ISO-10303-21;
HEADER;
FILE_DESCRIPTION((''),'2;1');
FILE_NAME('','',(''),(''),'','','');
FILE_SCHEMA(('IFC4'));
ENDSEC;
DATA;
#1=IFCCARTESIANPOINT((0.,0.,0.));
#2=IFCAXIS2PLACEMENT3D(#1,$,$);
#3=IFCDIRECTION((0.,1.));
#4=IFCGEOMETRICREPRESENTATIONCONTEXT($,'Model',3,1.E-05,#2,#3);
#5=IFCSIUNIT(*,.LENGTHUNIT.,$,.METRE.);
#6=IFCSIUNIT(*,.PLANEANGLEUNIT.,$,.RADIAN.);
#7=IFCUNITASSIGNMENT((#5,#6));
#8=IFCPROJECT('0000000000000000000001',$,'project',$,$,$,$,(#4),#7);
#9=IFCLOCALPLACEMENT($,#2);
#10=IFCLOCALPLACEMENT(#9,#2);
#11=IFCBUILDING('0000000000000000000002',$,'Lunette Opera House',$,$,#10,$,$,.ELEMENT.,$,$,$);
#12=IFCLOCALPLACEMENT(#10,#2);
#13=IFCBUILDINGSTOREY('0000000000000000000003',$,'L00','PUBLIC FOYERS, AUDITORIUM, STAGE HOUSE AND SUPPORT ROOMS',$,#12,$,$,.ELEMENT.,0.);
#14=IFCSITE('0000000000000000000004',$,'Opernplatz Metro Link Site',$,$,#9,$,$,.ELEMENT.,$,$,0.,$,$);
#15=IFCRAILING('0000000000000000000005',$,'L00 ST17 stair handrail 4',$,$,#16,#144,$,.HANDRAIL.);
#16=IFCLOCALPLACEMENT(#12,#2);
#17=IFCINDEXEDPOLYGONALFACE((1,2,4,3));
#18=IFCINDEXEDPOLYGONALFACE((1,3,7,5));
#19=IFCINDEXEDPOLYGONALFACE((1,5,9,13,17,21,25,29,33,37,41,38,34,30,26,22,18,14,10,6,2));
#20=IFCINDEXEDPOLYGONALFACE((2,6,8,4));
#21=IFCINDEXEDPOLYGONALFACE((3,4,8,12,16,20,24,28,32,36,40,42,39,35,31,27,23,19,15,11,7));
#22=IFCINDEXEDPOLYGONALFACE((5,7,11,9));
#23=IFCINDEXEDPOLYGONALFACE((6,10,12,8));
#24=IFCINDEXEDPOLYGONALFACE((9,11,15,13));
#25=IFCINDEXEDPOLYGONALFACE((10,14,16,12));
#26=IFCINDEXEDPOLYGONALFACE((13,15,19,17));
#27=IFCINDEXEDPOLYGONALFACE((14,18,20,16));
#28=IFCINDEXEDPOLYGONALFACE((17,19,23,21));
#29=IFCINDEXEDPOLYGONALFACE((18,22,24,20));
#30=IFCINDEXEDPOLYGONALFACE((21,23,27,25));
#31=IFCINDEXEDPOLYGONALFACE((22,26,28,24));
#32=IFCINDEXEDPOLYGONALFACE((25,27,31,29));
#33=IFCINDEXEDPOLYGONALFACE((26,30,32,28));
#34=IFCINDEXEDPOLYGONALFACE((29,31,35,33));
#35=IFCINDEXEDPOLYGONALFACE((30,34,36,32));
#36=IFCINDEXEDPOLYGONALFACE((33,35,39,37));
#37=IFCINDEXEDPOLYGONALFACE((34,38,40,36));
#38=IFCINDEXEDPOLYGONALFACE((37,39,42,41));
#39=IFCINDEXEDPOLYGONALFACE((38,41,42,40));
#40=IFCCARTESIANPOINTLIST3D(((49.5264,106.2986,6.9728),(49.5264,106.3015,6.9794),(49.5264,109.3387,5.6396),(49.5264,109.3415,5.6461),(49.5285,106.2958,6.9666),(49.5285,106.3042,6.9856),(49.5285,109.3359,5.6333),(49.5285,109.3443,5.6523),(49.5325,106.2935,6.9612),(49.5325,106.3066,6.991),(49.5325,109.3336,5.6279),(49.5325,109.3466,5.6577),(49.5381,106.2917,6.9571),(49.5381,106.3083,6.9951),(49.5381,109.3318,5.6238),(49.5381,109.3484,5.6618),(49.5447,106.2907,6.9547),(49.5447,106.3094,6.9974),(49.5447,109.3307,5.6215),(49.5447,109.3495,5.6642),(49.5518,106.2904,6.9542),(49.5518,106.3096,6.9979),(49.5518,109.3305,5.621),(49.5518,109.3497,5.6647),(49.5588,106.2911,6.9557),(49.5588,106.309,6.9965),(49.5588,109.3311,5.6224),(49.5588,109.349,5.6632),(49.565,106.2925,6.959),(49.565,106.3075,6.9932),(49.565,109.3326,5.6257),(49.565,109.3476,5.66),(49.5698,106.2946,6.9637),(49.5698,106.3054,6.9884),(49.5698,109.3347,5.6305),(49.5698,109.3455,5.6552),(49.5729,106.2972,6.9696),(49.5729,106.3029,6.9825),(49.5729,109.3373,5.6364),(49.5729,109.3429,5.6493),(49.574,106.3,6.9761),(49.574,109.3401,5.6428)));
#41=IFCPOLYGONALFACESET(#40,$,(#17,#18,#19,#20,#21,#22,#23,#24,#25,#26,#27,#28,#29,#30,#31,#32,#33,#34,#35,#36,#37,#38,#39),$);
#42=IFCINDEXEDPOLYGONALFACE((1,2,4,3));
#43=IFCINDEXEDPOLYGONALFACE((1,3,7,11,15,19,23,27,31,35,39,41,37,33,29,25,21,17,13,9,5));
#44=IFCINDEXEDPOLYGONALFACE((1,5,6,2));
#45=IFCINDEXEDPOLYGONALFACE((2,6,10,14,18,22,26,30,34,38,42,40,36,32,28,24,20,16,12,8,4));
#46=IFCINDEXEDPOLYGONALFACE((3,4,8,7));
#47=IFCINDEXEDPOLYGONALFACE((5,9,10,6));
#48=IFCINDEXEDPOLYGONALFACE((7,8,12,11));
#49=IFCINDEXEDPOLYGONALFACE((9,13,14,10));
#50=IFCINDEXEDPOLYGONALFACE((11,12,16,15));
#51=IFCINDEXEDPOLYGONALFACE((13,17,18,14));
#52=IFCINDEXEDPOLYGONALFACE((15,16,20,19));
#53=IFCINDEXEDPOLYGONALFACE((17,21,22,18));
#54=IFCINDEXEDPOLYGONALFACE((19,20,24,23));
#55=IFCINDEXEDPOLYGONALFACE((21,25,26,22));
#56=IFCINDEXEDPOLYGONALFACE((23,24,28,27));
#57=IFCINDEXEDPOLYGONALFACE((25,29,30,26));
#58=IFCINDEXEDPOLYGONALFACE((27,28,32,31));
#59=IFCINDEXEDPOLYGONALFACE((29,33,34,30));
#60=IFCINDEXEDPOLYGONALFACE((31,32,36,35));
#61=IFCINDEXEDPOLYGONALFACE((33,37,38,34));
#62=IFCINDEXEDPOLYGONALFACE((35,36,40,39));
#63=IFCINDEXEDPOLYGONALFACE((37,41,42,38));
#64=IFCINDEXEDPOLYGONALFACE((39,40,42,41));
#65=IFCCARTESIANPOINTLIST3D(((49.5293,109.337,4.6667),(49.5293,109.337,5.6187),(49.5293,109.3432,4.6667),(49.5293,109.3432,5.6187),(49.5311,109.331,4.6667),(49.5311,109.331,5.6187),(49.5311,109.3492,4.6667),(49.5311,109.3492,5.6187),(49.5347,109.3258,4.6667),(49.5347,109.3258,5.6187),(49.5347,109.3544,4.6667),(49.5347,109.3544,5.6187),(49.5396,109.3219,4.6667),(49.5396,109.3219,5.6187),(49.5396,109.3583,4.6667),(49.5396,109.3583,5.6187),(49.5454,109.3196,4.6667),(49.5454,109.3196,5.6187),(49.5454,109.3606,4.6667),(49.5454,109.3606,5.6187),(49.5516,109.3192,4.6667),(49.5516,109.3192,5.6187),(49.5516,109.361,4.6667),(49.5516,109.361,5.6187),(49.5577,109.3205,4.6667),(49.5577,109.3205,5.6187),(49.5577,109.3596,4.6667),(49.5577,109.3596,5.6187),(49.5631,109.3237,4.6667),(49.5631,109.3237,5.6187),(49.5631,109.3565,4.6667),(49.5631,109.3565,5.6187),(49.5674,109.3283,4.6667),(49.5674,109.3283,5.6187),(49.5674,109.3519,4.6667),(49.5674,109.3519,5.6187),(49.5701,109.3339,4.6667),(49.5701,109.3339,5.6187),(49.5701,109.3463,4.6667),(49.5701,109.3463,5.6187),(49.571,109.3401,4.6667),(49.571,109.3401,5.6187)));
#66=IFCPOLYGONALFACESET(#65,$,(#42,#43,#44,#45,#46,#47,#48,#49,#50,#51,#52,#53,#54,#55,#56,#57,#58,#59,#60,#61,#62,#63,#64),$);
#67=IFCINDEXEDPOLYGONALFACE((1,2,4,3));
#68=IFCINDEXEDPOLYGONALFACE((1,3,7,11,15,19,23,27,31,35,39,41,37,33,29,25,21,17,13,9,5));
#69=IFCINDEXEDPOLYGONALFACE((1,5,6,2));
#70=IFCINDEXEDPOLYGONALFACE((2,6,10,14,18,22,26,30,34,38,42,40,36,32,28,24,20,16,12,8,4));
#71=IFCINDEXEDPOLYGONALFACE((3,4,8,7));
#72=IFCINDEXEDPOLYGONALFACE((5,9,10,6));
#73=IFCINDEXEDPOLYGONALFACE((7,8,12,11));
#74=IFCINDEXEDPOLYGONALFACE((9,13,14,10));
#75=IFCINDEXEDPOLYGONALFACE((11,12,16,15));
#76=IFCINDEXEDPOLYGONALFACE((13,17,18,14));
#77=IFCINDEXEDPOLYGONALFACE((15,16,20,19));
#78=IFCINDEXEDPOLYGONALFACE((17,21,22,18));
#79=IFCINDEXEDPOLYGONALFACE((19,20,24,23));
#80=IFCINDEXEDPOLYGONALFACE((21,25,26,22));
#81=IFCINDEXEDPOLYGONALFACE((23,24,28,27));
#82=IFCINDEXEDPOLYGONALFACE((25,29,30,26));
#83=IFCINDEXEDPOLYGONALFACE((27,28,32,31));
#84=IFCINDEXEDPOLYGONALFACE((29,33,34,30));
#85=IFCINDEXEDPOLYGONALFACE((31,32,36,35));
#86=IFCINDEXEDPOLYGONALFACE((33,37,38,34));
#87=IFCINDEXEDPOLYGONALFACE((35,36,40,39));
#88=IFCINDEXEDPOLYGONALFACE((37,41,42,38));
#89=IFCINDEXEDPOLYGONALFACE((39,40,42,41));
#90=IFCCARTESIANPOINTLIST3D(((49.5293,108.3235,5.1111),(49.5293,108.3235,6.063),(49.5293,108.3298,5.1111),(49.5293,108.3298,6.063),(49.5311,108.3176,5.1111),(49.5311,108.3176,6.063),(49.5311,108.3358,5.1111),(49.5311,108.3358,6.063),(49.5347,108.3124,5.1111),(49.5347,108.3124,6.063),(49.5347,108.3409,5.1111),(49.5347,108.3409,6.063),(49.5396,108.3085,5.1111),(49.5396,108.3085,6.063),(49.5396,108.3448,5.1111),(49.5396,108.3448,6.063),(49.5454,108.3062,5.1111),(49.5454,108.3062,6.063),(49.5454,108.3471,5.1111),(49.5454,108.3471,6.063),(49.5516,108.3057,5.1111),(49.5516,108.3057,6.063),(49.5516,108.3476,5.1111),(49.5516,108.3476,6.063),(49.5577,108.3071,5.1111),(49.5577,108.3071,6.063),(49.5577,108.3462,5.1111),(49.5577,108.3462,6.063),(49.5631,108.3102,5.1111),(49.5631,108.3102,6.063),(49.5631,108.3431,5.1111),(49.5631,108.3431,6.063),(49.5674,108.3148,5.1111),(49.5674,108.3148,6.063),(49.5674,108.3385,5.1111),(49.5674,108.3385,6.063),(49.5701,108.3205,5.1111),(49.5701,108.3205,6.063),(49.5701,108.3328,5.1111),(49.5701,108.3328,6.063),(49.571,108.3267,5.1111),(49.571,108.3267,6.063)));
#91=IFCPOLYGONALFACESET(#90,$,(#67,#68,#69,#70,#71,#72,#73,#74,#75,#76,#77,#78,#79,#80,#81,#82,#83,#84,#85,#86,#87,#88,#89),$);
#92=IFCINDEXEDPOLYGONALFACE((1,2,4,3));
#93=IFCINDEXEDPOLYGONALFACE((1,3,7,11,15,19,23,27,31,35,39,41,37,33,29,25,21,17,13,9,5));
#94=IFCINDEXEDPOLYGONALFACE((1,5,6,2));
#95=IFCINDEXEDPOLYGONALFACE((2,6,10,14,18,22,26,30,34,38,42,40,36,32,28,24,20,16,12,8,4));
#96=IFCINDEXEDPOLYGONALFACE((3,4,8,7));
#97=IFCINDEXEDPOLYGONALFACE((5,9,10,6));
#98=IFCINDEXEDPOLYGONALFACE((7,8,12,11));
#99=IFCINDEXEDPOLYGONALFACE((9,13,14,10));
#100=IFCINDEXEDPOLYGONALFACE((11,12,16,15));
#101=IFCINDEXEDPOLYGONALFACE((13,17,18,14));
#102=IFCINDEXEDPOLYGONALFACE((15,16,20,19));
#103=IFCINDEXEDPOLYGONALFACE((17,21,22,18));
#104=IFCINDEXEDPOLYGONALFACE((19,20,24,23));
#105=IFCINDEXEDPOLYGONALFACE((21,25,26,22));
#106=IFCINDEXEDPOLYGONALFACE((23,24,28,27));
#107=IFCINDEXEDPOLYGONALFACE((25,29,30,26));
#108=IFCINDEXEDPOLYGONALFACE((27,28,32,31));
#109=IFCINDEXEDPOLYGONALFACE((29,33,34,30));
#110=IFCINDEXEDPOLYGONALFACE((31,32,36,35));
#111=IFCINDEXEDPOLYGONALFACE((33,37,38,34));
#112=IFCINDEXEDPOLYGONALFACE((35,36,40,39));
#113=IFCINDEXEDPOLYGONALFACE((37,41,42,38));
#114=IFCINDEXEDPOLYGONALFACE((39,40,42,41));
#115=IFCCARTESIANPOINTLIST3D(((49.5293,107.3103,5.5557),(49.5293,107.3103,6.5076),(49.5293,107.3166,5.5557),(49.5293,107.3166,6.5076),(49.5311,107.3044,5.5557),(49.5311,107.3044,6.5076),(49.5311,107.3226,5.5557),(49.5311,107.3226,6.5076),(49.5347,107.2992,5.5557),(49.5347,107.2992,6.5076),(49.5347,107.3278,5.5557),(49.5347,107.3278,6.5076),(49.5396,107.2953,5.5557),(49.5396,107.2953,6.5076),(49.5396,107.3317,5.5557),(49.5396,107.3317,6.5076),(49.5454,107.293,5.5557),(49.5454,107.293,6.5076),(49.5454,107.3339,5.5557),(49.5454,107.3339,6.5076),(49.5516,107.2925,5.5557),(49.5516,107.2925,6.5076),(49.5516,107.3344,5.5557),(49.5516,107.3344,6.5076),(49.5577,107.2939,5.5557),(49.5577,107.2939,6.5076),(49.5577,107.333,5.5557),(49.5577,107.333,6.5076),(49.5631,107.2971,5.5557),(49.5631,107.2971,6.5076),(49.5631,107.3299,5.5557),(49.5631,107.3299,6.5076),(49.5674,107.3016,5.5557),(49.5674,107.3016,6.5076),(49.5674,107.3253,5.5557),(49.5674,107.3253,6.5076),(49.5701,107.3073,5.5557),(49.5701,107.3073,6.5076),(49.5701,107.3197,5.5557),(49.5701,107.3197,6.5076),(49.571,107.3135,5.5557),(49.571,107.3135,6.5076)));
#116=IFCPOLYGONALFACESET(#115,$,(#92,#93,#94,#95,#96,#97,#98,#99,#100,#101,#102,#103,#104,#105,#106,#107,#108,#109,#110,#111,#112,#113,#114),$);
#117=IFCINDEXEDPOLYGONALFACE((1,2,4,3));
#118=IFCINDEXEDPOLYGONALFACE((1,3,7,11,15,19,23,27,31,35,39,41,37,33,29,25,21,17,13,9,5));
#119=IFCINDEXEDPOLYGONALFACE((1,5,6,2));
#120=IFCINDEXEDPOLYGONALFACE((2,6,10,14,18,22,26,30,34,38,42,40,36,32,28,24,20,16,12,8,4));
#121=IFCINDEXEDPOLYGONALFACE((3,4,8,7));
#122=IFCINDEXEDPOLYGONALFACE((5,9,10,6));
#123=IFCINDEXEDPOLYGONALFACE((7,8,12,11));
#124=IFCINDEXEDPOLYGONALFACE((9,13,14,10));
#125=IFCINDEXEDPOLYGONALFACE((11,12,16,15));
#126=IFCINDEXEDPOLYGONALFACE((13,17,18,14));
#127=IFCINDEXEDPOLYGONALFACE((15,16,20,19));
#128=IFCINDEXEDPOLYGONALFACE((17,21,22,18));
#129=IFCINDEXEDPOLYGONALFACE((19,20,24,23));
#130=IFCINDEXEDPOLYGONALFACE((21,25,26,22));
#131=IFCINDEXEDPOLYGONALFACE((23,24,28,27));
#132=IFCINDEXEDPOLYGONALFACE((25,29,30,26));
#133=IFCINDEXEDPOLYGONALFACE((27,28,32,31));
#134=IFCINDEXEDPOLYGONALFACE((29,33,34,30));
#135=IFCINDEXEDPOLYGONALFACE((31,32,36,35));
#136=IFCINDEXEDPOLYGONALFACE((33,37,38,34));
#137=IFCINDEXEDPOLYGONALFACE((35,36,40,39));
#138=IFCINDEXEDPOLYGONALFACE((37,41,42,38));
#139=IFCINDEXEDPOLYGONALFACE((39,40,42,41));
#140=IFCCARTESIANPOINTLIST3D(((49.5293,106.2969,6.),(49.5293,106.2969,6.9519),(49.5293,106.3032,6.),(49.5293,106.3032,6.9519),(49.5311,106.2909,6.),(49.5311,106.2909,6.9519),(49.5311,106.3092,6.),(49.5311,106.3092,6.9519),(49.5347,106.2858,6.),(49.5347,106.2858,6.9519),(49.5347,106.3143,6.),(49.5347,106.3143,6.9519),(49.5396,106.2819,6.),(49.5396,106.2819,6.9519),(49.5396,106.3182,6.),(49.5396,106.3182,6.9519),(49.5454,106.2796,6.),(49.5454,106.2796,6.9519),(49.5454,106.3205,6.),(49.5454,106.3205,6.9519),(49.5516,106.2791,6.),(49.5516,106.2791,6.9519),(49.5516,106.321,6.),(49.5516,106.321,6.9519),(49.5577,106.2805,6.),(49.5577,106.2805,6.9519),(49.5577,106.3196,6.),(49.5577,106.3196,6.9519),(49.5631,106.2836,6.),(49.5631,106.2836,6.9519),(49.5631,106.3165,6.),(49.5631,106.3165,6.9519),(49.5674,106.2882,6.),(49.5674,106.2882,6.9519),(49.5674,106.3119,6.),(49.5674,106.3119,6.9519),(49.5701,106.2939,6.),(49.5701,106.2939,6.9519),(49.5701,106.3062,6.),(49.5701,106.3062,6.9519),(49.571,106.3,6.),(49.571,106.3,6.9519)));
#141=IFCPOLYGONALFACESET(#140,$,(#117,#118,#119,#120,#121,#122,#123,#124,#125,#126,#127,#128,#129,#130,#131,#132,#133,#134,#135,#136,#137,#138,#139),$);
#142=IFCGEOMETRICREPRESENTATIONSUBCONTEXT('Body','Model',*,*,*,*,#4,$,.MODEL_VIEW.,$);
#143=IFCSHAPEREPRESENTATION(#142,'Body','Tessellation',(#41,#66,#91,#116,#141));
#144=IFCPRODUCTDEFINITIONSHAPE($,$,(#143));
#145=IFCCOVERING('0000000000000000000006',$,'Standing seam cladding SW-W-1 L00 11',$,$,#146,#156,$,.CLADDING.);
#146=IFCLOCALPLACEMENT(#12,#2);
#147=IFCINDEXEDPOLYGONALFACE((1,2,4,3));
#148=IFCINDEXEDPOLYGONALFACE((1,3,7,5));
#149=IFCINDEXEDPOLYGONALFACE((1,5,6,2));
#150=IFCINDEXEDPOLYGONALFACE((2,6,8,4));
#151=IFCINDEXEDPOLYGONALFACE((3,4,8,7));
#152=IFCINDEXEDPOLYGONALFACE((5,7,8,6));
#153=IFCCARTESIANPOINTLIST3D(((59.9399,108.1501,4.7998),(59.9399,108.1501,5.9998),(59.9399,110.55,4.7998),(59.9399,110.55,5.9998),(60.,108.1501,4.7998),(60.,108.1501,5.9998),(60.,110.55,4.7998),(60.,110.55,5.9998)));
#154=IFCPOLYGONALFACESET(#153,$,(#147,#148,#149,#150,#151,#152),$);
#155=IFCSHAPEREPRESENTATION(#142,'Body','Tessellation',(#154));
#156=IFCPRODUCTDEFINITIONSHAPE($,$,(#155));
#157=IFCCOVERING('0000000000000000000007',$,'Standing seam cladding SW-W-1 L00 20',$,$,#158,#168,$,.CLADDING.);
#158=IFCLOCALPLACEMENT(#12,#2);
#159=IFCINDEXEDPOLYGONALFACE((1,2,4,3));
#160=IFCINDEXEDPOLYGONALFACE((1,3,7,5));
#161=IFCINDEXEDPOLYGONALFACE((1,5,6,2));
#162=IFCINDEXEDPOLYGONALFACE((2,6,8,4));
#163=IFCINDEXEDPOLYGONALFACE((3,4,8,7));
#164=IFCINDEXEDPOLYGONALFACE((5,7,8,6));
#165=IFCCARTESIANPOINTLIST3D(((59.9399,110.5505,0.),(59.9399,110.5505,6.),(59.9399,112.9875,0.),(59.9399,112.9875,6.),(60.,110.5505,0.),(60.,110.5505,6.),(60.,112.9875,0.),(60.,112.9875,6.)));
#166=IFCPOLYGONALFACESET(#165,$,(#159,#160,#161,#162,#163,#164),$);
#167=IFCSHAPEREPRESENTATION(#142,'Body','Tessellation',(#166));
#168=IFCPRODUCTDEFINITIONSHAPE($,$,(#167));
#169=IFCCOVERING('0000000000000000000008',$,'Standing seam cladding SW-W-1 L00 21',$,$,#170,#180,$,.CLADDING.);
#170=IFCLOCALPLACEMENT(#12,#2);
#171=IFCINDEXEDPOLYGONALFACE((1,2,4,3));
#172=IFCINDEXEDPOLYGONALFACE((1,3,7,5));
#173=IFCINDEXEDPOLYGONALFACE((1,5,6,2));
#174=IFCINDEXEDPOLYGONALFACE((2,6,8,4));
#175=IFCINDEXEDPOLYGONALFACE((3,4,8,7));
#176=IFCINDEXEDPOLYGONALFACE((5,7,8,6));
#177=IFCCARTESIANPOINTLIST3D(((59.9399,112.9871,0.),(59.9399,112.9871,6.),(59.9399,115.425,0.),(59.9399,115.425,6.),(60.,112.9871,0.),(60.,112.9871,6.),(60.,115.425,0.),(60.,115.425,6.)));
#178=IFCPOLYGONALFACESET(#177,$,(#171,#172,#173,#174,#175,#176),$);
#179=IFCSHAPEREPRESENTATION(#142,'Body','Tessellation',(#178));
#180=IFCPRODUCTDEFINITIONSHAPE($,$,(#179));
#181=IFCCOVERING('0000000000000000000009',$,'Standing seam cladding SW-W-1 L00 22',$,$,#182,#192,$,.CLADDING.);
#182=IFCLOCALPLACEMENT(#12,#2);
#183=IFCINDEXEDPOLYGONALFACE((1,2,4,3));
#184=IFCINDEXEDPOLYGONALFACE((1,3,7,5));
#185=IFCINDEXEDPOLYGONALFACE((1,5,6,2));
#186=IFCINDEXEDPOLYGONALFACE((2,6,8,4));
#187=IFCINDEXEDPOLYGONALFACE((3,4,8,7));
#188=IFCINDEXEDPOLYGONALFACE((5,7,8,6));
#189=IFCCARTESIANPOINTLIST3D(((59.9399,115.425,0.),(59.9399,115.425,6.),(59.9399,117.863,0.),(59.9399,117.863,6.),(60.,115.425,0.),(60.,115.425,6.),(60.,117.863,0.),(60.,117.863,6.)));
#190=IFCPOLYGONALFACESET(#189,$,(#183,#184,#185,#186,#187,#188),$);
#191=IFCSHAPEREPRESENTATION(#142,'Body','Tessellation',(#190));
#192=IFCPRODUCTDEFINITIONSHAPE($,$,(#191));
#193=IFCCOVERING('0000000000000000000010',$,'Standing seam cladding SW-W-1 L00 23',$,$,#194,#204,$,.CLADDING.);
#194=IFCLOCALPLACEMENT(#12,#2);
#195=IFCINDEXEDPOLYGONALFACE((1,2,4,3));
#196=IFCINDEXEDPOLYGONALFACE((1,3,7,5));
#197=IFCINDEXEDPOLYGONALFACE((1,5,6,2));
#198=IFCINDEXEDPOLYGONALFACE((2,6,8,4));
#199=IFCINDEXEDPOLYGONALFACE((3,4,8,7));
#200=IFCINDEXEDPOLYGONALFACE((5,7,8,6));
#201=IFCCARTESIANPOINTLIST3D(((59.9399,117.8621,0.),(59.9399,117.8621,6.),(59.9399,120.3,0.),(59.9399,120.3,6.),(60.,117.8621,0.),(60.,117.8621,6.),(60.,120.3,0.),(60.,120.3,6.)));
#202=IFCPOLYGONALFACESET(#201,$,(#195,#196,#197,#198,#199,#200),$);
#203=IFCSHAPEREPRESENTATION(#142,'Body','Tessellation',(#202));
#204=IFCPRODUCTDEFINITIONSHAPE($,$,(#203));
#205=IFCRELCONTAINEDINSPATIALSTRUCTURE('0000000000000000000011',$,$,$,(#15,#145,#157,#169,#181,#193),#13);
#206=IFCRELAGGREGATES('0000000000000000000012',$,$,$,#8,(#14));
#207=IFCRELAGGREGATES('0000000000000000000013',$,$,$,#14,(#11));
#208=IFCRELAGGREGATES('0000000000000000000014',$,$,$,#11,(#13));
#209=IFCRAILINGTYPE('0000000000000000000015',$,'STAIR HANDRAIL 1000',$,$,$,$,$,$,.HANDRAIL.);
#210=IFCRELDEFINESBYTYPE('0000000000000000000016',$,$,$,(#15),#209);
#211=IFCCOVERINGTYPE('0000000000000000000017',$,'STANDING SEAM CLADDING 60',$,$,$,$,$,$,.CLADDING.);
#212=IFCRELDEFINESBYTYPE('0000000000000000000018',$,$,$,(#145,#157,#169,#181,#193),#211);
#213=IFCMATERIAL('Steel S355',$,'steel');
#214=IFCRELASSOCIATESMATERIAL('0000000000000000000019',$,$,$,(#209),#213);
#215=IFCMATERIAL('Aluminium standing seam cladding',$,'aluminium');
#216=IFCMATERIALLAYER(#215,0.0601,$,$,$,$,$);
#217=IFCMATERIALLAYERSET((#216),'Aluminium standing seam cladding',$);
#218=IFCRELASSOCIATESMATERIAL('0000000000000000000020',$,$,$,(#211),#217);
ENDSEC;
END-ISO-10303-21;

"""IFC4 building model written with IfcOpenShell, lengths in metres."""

from ifc_helpers import new_model, si_unit, direction, frame, origin, origin_2d, place, context, subcontext, project, spatial, rectangle, circle, extrude, material, layer, layer_set, type_object, element, save


model = new_model("IFC4")

# Units and contexts
model_context = context("Model", 3, precision=1e-05, world=origin(), true_north=direction((0.0, 1.0)))
body_context = subcontext(model_context, "Body", "Model", "MODEL_VIEW")
ifc_project = project(units=[si_unit("LENGTHUNIT", "METRE"), si_unit("PLANEANGLEUNIT", "RADIAN")], contexts=[model_context])

# Site, building, storey
site_placement = place(None, origin())
site = spatial("IfcSite", under=ifc_project, at=site_placement, Name="Opernplatz Metro Link Site", CompositionType="ELEMENT", RefElevation=0.0)
building_placement = place(site_placement, origin())
building = spatial("IfcBuilding", under=site, at=building_placement, Name="Lunette Opera House", CompositionType="ELEMENT")
storey_placement = place(building_placement, origin())
storey = spatial("IfcBuildingStorey", under=building, at=storey_placement, Name="L00", Description="PUBLIC FOYERS, AUDITORIUM, STAGE HOUSE AND SUPPORT ROOMS", CompositionType="ELEMENT", Elevation=0.0)

# Railing
ifc_material_1 = material(Name="Steel S355", Category="steel")
railing_type_1 = type_object("IfcRailingType", Name="STAIR HANDRAIL 1000", PredefinedType="HANDRAIL", material=ifc_material_1)
for number, where, name in (
    (1, (49.55, 109.3401, 4.6667), "L00 ST17 stair handrail 4"),
):
    element("IfcRailing", number, at=place(storey_placement, frame(where)), inside=storey, type_object=railing_type_1, Name=name, PredefinedType="HANDRAIL", context=body_context, shape_type="SweptSolid", body=[
        extrude(circle(Radius=0.0239, at=origin_2d()), frame((0.0, 0.0, 0.9761), z_axis=(0.0, -0.915799, 0.401637), x_axis=(1.0, 0.0, 0.0)), (0.0, 0.0, 1.0), 3.3196),
        extrude(circle(Radius=0.021, at=origin_2d()), origin(), (0.0, 0.0, 1.0), 0.9519),
        extrude(circle(Radius=0.021, at=origin_2d()), frame((0.0, -1.0134, 0.4443)), (0.0, 0.0, 1.0), 0.9519),
        extrude(circle(Radius=0.021, at=origin_2d()), frame((0.0, -2.0266, 0.8889)), (0.0, 0.0, 1.0), 0.9519),
        extrude(circle(Radius=0.021, at=origin_2d()), frame((0.0, -3.04, 1.3333)), (0.0, 0.0, 1.0), 0.9519),
    ])

# Coverings
ifc_material_2 = material(Name="Aluminium standing seam cladding", Category="aluminium")
ifc_layer_1 = layer(ifc_material_2, 0.0601)
ifc_layer_set_1 = layer_set([ifc_layer_1], Name="Aluminium standing seam cladding")
covering_type = type_object("IfcCoveringType", Name="STANDING SEAM CLADDING 60", PredefinedType="CLADDING", material=ifc_layer_set_1)
covering_1_placement = place(storey_placement, frame((59.97, 109.3501, 4.7998), z_axis=(0.0, 0.0, 1.0), x_axis=(0.0, 1.0, 0.0)))
element("IfcCovering", 2, at=covering_1_placement, inside=storey, type_object=covering_type, Name="Standing seam cladding SW-W-1 L00 11", PredefinedType="CLADDING", context=body_context, shape_type="SweptSolid", body=[
    extrude(rectangle(XDim=2.3999, YDim=0.0601, at=origin_2d()), origin(), (0.0, 0.0, 1.0), 1.2),
])
covering_2_placement = place(storey_placement, frame((59.97, 111.769, 0.0), z_axis=(0.0, 0.0, 1.0), x_axis=(0.0, 1.0, 0.0)))
element("IfcCovering", 3, at=covering_2_placement, inside=storey, type_object=covering_type, Name="Standing seam cladding SW-W-1 L00 20", PredefinedType="CLADDING", context=body_context, shape_type="SweptSolid", body=[
    extrude(rectangle(XDim=2.437, YDim=0.0601, at=origin_2d()), origin(), (0.0, 0.0, 1.0), 6.0),
])
for number, where, z_axis, x_axis, name in (
    (4, (59.97, 114.2061, 0.0), (0.0, 0.0, 1.0), (0.0, 1.0, 0.0), "Standing seam cladding SW-W-1 L00 21"),
    (5, (59.97, 116.644, 0.0), (0.0, 0.0, 1.0), (0.0, 1.0, 0.0), "Standing seam cladding SW-W-1 L00 22"),
    (6, (59.97, 119.0811, 0.0), (0.0, 0.0, 1.0), (0.0, 1.0, 0.0), "Standing seam cladding SW-W-1 L00 23"),
):
    element("IfcCovering", number, at=place(storey_placement, frame(where, z_axis=z_axis, x_axis=x_axis)), inside=storey, type_object=covering_type, Name=name, PredefinedType="CLADDING", context=body_context, shape_type="SweptSolid", body=[
        extrude(rectangle(XDim=2.438, YDim=0.0601, at=origin_2d()), origin(), (0.0, 0.0, 1.0), 6.0),
    ])

save(model, "model.ifc")
